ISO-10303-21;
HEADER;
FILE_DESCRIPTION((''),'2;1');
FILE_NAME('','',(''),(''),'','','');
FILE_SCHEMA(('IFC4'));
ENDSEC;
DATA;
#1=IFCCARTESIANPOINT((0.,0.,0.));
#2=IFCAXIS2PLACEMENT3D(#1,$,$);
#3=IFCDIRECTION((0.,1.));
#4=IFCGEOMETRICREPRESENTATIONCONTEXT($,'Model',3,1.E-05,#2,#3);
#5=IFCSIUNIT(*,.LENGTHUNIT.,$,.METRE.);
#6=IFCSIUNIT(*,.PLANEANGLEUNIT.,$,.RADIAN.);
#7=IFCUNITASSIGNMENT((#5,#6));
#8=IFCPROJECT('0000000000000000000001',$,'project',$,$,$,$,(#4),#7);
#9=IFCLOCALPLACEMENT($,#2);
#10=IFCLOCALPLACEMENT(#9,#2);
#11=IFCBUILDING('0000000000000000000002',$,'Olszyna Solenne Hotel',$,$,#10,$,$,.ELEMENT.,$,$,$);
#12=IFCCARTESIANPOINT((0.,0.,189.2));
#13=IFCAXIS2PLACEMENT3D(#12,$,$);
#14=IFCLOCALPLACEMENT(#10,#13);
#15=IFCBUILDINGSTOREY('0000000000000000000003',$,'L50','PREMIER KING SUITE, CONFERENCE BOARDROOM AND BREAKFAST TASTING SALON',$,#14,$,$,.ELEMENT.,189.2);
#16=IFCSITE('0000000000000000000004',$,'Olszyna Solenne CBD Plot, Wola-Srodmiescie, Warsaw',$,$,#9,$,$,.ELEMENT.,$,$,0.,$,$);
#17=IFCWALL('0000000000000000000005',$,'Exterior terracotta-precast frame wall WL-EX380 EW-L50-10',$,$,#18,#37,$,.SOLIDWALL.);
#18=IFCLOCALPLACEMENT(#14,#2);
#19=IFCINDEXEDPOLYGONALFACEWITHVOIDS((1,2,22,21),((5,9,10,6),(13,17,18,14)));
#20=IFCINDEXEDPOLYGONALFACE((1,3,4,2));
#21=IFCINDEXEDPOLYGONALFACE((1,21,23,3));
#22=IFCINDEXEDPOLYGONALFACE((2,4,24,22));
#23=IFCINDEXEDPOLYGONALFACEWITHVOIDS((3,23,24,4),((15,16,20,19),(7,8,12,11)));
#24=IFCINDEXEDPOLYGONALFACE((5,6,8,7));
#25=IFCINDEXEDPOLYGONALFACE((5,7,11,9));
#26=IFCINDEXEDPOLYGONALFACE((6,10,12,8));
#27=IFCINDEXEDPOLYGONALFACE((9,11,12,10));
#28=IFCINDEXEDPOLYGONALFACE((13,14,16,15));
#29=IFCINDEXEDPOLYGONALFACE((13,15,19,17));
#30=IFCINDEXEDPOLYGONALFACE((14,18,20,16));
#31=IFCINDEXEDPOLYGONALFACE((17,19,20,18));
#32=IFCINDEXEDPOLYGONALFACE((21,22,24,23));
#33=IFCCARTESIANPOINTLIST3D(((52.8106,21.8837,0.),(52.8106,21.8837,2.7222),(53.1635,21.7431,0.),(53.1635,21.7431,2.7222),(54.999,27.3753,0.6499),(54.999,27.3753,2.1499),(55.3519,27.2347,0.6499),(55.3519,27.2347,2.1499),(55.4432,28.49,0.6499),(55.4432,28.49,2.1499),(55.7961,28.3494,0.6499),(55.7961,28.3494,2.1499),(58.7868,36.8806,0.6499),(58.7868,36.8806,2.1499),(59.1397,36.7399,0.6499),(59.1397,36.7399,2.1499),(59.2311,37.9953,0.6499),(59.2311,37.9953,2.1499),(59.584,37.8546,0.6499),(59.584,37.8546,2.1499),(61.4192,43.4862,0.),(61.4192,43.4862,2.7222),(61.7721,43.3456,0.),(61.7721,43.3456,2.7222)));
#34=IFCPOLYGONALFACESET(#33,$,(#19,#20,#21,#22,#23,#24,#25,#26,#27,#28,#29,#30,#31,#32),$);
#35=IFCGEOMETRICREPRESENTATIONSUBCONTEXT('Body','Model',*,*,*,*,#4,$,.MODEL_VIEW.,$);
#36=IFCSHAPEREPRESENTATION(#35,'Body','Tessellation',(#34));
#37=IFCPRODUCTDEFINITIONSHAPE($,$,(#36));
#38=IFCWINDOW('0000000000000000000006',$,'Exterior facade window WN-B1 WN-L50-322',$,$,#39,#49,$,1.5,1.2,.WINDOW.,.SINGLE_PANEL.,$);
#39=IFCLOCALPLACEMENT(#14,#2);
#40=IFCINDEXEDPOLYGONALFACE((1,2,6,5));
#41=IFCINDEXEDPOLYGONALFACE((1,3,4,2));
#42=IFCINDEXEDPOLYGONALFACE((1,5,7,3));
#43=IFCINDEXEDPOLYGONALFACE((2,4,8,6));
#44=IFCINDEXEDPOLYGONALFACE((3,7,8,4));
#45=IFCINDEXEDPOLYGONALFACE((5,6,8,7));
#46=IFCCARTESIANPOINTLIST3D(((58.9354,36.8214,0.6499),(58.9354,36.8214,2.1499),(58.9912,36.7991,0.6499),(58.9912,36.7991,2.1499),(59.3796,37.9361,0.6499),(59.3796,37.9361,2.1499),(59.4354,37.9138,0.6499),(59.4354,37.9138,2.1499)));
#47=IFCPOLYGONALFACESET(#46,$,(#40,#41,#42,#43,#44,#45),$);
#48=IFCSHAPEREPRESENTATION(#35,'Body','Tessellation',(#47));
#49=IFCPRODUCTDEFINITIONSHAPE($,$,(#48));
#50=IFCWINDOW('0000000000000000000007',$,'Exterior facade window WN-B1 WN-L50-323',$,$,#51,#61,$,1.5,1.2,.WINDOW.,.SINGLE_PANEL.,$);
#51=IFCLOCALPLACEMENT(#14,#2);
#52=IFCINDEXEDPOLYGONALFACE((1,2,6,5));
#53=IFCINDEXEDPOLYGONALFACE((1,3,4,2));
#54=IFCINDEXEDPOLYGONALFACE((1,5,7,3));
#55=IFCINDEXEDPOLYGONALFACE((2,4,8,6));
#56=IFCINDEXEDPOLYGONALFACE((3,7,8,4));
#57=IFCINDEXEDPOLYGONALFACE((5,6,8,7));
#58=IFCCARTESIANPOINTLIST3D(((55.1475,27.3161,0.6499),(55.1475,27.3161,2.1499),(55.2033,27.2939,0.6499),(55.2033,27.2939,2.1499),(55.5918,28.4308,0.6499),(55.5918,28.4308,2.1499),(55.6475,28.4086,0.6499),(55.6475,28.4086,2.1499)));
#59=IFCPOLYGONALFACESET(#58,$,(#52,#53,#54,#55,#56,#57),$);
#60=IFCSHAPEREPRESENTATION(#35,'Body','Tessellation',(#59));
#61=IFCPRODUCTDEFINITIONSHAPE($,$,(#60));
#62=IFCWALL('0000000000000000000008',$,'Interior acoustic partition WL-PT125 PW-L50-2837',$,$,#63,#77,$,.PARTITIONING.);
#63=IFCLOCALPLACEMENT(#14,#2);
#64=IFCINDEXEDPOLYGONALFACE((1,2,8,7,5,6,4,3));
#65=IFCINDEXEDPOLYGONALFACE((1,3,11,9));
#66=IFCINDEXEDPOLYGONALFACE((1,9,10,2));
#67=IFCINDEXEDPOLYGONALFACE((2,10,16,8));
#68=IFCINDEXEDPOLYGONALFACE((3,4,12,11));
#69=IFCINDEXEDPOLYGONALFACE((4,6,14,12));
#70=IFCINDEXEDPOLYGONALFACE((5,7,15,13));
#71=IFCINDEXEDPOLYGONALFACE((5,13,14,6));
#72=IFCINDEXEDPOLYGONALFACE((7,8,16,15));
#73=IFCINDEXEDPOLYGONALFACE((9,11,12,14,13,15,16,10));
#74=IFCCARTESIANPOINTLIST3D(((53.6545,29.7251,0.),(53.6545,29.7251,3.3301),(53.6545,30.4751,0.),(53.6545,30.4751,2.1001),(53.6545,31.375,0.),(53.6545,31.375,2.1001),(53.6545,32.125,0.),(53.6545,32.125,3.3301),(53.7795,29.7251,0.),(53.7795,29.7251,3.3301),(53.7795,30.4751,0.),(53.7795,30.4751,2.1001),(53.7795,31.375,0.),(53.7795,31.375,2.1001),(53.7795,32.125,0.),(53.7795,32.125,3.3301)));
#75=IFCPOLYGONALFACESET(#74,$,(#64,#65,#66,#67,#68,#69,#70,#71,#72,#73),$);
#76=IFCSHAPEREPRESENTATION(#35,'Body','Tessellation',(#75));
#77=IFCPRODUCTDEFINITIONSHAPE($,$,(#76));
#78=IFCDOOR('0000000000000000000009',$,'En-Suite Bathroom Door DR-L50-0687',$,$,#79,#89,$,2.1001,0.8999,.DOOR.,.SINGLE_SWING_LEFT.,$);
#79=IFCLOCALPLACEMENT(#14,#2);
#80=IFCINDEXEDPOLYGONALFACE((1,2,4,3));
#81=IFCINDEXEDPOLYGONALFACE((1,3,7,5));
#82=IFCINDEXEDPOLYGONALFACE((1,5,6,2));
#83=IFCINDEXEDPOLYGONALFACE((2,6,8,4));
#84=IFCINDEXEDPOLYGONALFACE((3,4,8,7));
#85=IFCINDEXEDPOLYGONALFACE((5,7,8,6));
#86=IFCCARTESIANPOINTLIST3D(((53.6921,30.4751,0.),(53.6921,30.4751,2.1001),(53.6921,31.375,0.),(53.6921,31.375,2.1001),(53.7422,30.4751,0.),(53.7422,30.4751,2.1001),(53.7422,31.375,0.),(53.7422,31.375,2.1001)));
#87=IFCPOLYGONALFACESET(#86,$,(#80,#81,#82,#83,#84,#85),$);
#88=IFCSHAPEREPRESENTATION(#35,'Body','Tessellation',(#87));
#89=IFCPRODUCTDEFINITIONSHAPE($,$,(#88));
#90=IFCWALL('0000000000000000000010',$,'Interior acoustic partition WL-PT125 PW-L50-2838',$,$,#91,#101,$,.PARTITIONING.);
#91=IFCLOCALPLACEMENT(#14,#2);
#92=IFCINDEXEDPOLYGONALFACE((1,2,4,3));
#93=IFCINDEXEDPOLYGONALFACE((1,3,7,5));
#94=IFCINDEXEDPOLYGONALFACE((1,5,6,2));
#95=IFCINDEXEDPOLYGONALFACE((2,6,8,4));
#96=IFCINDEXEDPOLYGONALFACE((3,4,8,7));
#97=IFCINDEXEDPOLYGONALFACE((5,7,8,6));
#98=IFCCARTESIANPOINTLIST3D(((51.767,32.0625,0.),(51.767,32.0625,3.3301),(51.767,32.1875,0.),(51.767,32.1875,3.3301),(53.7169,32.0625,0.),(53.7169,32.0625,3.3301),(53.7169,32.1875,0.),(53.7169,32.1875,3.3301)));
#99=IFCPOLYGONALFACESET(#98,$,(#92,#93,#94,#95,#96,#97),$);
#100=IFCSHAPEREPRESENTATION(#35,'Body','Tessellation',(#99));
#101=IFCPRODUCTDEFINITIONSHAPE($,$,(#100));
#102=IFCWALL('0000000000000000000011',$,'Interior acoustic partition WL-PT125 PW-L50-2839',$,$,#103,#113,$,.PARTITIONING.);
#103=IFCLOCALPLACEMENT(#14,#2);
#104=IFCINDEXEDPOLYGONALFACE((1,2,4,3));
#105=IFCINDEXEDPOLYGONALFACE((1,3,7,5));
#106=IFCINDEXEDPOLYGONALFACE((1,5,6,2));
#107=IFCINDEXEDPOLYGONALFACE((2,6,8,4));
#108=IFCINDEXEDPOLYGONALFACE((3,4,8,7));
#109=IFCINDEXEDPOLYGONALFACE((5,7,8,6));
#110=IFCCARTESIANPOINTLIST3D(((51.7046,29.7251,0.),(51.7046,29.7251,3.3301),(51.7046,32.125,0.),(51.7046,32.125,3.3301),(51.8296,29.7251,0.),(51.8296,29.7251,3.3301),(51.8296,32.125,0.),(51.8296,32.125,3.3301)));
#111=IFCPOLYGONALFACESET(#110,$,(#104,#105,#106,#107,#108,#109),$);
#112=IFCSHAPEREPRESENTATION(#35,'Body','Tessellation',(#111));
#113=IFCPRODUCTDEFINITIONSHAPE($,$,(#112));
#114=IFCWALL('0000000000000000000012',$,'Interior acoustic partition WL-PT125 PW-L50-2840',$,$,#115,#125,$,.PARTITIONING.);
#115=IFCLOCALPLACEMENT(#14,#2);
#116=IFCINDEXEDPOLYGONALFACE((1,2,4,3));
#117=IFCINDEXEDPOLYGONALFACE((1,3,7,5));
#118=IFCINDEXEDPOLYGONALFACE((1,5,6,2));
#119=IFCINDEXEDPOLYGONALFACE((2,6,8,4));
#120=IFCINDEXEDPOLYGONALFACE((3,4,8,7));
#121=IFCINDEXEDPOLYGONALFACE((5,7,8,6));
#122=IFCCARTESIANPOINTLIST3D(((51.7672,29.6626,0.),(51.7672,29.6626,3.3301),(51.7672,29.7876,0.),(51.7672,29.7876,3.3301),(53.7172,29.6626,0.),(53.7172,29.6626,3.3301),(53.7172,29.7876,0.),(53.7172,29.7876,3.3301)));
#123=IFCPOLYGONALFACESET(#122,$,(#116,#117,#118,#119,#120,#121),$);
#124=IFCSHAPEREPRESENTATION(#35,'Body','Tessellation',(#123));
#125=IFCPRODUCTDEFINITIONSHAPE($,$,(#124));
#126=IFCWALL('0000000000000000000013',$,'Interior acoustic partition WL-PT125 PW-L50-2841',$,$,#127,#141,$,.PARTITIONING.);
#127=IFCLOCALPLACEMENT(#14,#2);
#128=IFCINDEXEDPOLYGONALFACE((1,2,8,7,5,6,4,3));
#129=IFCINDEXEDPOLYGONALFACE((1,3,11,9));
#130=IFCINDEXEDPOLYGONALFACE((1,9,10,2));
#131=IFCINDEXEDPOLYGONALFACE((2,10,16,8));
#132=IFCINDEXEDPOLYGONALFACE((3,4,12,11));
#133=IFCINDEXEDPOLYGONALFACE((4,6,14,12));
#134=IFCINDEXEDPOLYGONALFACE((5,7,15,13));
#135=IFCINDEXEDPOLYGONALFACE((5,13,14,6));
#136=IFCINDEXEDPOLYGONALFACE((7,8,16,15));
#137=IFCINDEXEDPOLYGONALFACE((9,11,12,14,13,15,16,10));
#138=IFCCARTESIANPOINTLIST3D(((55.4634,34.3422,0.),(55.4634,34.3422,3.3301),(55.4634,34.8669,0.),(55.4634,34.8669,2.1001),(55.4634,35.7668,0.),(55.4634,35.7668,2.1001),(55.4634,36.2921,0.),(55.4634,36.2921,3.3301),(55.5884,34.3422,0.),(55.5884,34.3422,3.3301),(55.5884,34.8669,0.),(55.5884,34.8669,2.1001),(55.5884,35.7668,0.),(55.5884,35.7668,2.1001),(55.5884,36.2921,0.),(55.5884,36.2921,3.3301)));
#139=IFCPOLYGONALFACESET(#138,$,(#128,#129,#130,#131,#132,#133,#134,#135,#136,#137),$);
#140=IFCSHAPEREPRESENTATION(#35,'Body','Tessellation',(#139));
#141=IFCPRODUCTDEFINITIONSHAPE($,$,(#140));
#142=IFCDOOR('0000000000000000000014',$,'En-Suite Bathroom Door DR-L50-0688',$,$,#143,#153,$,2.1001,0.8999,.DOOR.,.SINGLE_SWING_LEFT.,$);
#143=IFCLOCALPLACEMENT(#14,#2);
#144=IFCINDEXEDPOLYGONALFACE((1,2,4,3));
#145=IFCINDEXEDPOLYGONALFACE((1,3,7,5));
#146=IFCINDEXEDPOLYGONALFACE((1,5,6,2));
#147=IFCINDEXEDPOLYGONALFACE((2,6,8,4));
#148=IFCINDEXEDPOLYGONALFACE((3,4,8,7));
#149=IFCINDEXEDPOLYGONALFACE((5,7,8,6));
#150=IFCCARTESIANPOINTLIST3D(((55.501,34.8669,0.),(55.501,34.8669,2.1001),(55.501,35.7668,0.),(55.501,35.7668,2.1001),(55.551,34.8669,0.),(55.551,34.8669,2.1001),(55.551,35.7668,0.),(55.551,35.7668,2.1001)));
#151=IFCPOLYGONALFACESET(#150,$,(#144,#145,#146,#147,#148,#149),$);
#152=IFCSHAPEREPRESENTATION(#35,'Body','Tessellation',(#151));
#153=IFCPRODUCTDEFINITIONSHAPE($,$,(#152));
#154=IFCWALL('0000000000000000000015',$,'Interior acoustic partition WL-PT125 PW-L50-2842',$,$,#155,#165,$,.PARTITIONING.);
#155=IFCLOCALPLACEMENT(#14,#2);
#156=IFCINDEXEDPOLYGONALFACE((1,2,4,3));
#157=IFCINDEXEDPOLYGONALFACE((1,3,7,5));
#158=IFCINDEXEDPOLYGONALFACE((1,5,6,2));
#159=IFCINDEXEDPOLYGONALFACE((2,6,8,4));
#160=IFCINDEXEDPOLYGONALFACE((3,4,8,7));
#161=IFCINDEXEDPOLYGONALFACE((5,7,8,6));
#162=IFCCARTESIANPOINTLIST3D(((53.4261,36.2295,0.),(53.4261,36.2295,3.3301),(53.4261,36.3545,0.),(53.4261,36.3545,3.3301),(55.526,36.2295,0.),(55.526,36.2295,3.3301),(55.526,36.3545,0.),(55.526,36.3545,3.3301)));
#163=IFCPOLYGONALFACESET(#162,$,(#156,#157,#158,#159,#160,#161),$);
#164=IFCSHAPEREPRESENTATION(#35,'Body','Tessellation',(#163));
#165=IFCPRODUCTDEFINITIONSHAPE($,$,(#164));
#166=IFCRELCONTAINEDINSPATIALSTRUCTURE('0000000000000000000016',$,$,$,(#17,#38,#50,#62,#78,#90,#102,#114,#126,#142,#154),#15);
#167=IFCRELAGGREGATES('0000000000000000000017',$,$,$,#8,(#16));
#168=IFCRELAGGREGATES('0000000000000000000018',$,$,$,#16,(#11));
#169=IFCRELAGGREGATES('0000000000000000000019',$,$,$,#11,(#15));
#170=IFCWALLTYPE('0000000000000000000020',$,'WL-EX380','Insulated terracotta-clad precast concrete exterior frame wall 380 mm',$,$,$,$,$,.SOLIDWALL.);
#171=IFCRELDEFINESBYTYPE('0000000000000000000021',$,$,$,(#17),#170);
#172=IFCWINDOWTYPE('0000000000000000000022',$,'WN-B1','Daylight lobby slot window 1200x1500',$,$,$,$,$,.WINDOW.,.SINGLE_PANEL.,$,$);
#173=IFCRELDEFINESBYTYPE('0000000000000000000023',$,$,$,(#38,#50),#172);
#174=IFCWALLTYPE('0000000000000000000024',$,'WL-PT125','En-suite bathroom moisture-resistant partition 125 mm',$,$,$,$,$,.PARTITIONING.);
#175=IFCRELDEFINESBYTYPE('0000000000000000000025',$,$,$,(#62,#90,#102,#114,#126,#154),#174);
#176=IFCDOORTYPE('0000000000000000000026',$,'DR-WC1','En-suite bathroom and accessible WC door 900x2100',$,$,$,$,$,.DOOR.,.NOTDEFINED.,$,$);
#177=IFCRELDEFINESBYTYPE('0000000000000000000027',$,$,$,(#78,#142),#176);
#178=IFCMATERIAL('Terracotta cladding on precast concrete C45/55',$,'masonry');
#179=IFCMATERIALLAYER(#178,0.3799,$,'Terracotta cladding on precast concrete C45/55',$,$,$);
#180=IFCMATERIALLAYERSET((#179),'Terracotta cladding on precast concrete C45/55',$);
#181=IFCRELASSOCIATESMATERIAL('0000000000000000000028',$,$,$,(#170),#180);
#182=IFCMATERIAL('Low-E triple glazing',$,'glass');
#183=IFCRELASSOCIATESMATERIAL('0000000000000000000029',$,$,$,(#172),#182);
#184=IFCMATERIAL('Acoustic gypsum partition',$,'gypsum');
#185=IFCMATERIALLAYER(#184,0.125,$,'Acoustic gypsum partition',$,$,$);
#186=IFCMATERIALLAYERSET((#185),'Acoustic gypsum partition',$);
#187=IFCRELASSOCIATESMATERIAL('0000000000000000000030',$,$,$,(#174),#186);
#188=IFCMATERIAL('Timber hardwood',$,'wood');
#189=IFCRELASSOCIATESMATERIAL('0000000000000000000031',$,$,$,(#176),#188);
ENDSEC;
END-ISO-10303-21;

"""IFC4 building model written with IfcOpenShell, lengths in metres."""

from ifc_helpers import new_model, si_unit, direction, frame, frame_2d, origin, place, context, subcontext, project, spatial, rectangle, extrude, source, transform, mapped, material, layer, layer_set, type_object, type_shapes, element, fill, save


model = new_model("IFC4")

# Units and contexts
model_context = context("Model", 3, precision=1e-05, world=origin(), true_north=direction((0.0, 1.0)))
body_context = subcontext(model_context, "Body", "Model", "MODEL_VIEW")
ifc_project = project(units=[si_unit("LENGTHUNIT", "METRE"), si_unit("PLANEANGLEUNIT", "RADIAN")], contexts=[model_context])

# Site, building, storey
site_placement = place(None, origin())
site = spatial("IfcSite", under=ifc_project, at=site_placement, Name="Olszyna Solenne CBD Plot, Wola-Srodmiescie, Warsaw", CompositionType="ELEMENT", RefElevation=0.0)
building_placement = place(site_placement, origin())
building = spatial("IfcBuilding", under=site, at=building_placement, Name="Olszyna Solenne Hotel", CompositionType="ELEMENT")
storey_placement = place(building_placement, frame((0.0, 0.0, 189.2)))
storey = spatial("IfcBuildingStorey", under=building, at=storey_placement, Name="L50", Description="PREMIER KING SUITE, CONFERENCE BOARDROOM AND BREAKFAST TASTING SALON", CompositionType="ELEMENT", Elevation=189.2)

# Shared definitions
ifc_material_1 = material(Name="Terracotta cladding on precast concrete C45/55", Category="masonry")
ifc_layer_1 = layer(ifc_material_1, 0.3799, Name="Terracotta cladding on precast concrete C45/55")
ifc_layer_set_1 = layer_set([ifc_layer_1], Name="Terracotta cladding on precast concrete C45/55")
wall_type_1 = type_object("IfcWallType", Name="WL-EX380", Description="Insulated terracotta-clad precast concrete exterior frame wall 380 mm", PredefinedType="SOLIDWALL", material=ifc_layer_set_1)

# Wall, openings, windows
wall_1_placement = place(storey_placement, frame((61.5957, 43.416, 0.0), z_axis=(0.0, 0.0, 1.0), x_axis=(-0.37019, -0.928956, 0.0)))
wall_1 = element("IfcWall", 1, at=wall_1_placement, inside=storey, type_object=wall_type_1, Name="Exterior terracotta-precast frame wall WL-EX380 EW-L50-10", PredefinedType="SOLIDWALL", context=body_context, shape_type="SweptSolid", body=[
    extrude(rectangle(XDim=23.2546, YDim=0.3799, at=frame_2d((11.6274, 0.0))), origin(), (0.0, 0.0, 1.0), 2.7222),
])
opening_1_placement = place(wall_1_placement, frame((5.9109, 0.0, 0.6499)))
opening_1 = element("IfcOpeningElement", 2, at=opening_1_placement, cuts=wall_1, PredefinedType="OPENING", context=body_context, shape_type="SweptSolid", body=[
    extrude(rectangle(XDim=1.2, YDim=1.5, at=frame_2d((0.6001, 0.75))), frame((0.0, 0.2, 0.0), z_axis=(0.0, -1.0, 0.0), x_axis=(1.0, 0.0, 0.0)), (0.0, 0.0, 1.0), 0.3999),
])
opening_2_placement = place(wall_1_placement, frame((16.1431, 0.0, 0.6499)))
opening_2 = element("IfcOpeningElement", 3, at=opening_2_placement, cuts=wall_1, PredefinedType="OPENING", context=body_context, shape_type="SweptSolid", body=[
    extrude(rectangle(XDim=1.2, YDim=1.5, at=frame_2d((0.6001, 0.75))), frame((0.0, 0.2, 0.0), z_axis=(0.0, -1.0, 0.0), x_axis=(1.0, 0.0, 0.0)), (0.0, 0.0, 1.0), 0.3999),
])
ifc_material_2 = material(Name="Low-E triple glazing", Category="glass")
window_type = type_object("IfcWindowType", Name="WN-B1", Description="Daylight lobby slot window 1200x1500", PartitioningType="SINGLE_PANEL", PredefinedType="WINDOW", material=ifc_material_2)
shared_shape_1 = source(origin(), body_context, "Body", "SweptSolid", [
    extrude(rectangle(XDim=1.2, YDim=1.5, at=frame_2d((0.6001, 0.75))), frame((0.0, 0.03, 0.0), z_axis=(0.0, -1.0, 0.0), x_axis=(1.0, 0.0, 0.0)), (0.0, 0.0, 1.0), 0.0601),
])
type_shapes(window_type, [shared_shape_1])
window_1_placement = place(opening_1_placement, origin())
window_1 = element("IfcWindow", 4, at=window_1_placement, inside=storey, type_object=window_type, Name="Exterior facade window WN-B1 WN-L50-322", OverallHeight=1.5, OverallWidth=1.2, PartitioningType="SINGLE_PANEL", PredefinedType="WINDOW", context=body_context, shape_type="MappedRepresentation", body=[
    mapped(shared_shape_1, transform((0.0, 0.0, 0.0), x_axis=(1.0, 0.0, 0.0), y_axis=(0.0, 1.0, 0.0), z_axis=(0.0, 0.0, 1.0), scale=1.0)),
])
fill(opening_1, window_1)
window_2_placement = place(opening_2_placement, origin())
window_2 = element("IfcWindow", 5, at=window_2_placement, inside=storey, type_object=window_type, Name="Exterior facade window WN-B1 WN-L50-323", OverallHeight=1.5, OverallWidth=1.2, PartitioningType="SINGLE_PANEL", PredefinedType="WINDOW", context=body_context, shape_type="MappedRepresentation", body=[
    mapped(shared_shape_1, transform((0.0, 0.0, 0.0), x_axis=(1.0, 0.0, 0.0), y_axis=(0.0, 1.0, 0.0), z_axis=(0.0, 0.0, 1.0), scale=1.0)),
])
fill(opening_2, window_2)

# Wall, opening, door
ifc_material_3 = material(Name="Acoustic gypsum partition", Category="gypsum")
ifc_layer_2 = layer(ifc_material_3, 0.125, Name="Acoustic gypsum partition")
ifc_layer_set_2 = layer_set([ifc_layer_2], Name="Acoustic gypsum partition")
wall_type_2 = type_object("IfcWallType", Name="WL-PT125", Description="En-suite bathroom moisture-resistant partition 125 mm", PredefinedType="PARTITIONING", material=ifc_layer_set_2)
wall_2_placement = place(storey_placement, frame((53.717, 29.7251, 0.0), z_axis=(0.0, 0.0, 1.0), x_axis=(0.0, 1.0, 0.0)))
wall_2 = element("IfcWall", 6, at=wall_2_placement, inside=storey, type_object=wall_type_2, Name="Interior acoustic partition WL-PT125 PW-L50-2837", PredefinedType="PARTITIONING", context=body_context, shape_type="SweptSolid", body=[
    extrude(rectangle(XDim=2.3999, YDim=0.125, at=frame_2d((1.2, 0.0))), origin(), (0.0, 0.0, 1.0), 3.3301),
])
opening_3_placement = place(wall_2_placement, frame((0.75, 0.0, 0.0)))
opening_3 = element("IfcOpeningElement", 7, at=opening_3_placement, cuts=wall_2, PredefinedType="OPENING", context=body_context, shape_type="SweptSolid", body=[
    extrude(rectangle(XDim=0.8999, YDim=2.1001, at=frame_2d((0.45, 1.05))), frame((0.0, 0.0725, 0.0), z_axis=(0.0, -1.0, 0.0), x_axis=(1.0, 0.0, 0.0)), (0.0, 0.0, 1.0), 0.145),
])
ifc_material_4 = material(Name="Timber hardwood", Category="wood")
door_type = type_object("IfcDoorType", Name="DR-WC1", Description="En-suite bathroom and accessible WC door 900x2100", OperationType="NOTDEFINED", PredefinedType="DOOR", material=ifc_material_4)
shared_shape_2 = source(origin(), body_context, "Body", "SweptSolid", [
    extrude(rectangle(XDim=0.8999, YDim=2.1001, at=frame_2d((0.45, 1.05))), frame((0.0, 0.0249, 0.0), z_axis=(0.0, -1.0, 0.0), x_axis=(1.0, 0.0, 0.0)), (0.0, 0.0, 1.0), 0.05),
])
type_shapes(door_type, [shared_shape_2])
door_1_placement = place(opening_3_placement, origin())
door_1 = element("IfcDoor", 8, at=door_1_placement, inside=storey, type_object=door_type, Name="En-Suite Bathroom Door DR-L50-0687", OperationType="SINGLE_SWING_LEFT", OverallHeight=2.1001, OverallWidth=0.8999, PredefinedType="DOOR", context=body_context, shape_type="MappedRepresentation", body=[
    mapped(shared_shape_2, transform((0.0, 0.0, 0.0), x_axis=(1.0, 0.0, 0.0), y_axis=(0.0, 1.0, 0.0), z_axis=(0.0, 0.0, 1.0), scale=1.0)),
])
fill(opening_3, door_1)

# Walls
wall_3_placement = place(storey_placement, frame((53.717, 32.125, 0.0), z_axis=(0.0, 0.0, 1.0), x_axis=(-1.0, 0.0, 0.0)))
element("IfcWall", 9, at=wall_3_placement, inside=storey, type_object=wall_type_2, Name="Interior acoustic partition WL-PT125 PW-L50-2838", PredefinedType="PARTITIONING", context=body_context, shape_type="SweptSolid", body=[
    extrude(rectangle(XDim=1.95, YDim=0.125, at=frame_2d((0.9751, 0.0))), origin(), (0.0, 0.0, 1.0), 3.3301),
])
wall_4_placement = place(storey_placement, frame((51.7671, 32.125, 0.0), z_axis=(0.0, 0.0, 1.0), x_axis=(0.0, -1.0, 0.0)))
element("IfcWall", 10, at=wall_4_placement, inside=storey, type_object=wall_type_2, Name="Interior acoustic partition WL-PT125 PW-L50-2839", PredefinedType="PARTITIONING", context=body_context, shape_type="SweptSolid", body=[
    extrude(rectangle(XDim=2.3999, YDim=0.125, at=frame_2d((1.2, 0.0))), origin(), (0.0, 0.0, 1.0), 3.3301),
])
wall_5_placement = place(storey_placement, frame((51.7671, 29.7251, 0.0), z_axis=(0.0, 0.0, 1.0), x_axis=(1.0, 0.0, 0.0)))
element("IfcWall", 11, at=wall_5_placement, inside=storey, type_object=wall_type_2, Name="Interior acoustic partition WL-PT125 PW-L50-2840", PredefinedType="PARTITIONING", context=body_context, shape_type="SweptSolid", body=[
    extrude(rectangle(XDim=1.95, YDim=0.125, at=frame_2d((0.9751, 0.0))), origin(), (0.0, 0.0, 1.0), 3.3301),
])

# Wall, opening, door
wall_6_placement = place(storey_placement, frame((55.5259, 34.342, 0.0), z_axis=(0.0, 0.0, 1.0), x_axis=(0.0, 1.0, 0.0)))
wall_6 = element("IfcWall", 12, at=wall_6_placement, inside=storey, type_object=wall_type_2, Name="Interior acoustic partition WL-PT125 PW-L50-2841", PredefinedType="PARTITIONING", context=body_context, shape_type="SweptSolid", body=[
    extrude(rectangle(XDim=1.95, YDim=0.125, at=frame_2d((0.9751, 0.0))), origin(), (0.0, 0.0, 1.0), 3.3301),
])
opening_4_placement = place(wall_6_placement, frame((0.5249, 0.0, 0.0)))
opening_4 = element("IfcOpeningElement", 13, at=opening_4_placement, cuts=wall_6, PredefinedType="OPENING", context=body_context, shape_type="SweptSolid", body=[
    extrude(rectangle(XDim=0.8999, YDim=2.1001, at=frame_2d((0.45, 1.05))), frame((0.0, 0.0725, 0.0), z_axis=(0.0, -1.0, 0.0), x_axis=(1.0, 0.0, 0.0)), (0.0, 0.0, 1.0), 0.145),
])
door_2_placement = place(opening_4_placement, origin())
door_2 = element("IfcDoor", 14, at=door_2_placement, inside=storey, type_object=door_type, Name="En-Suite Bathroom Door DR-L50-0688", OperationType="SINGLE_SWING_LEFT", OverallHeight=2.1001, OverallWidth=0.8999, PredefinedType="DOOR", context=body_context, shape_type="MappedRepresentation", body=[
    mapped(shared_shape_2, transform((0.0, 0.0, 0.0), x_axis=(1.0, 0.0, 0.0), y_axis=(0.0, 1.0, 0.0), z_axis=(0.0, 0.0, 1.0), scale=1.0)),
])
fill(opening_4, door_2)

# Wall
wall_7_placement = place(storey_placement, frame((55.5259, 36.292, 0.0), z_axis=(0.0, 0.0, 1.0), x_axis=(-1.0, 0.0, 0.0)))
element("IfcWall", 15, at=wall_7_placement, inside=storey, type_object=wall_type_2, Name="Interior acoustic partition WL-PT125 PW-L50-2842", PredefinedType="PARTITIONING", context=body_context, shape_type="SweptSolid", body=[
    extrude(rectangle(XDim=2.0999, YDim=0.125, at=frame_2d((1.0498, 0.0))), origin(), (0.0, 0.0, 1.0), 3.3301),
])

save(model, "model.ifc")
